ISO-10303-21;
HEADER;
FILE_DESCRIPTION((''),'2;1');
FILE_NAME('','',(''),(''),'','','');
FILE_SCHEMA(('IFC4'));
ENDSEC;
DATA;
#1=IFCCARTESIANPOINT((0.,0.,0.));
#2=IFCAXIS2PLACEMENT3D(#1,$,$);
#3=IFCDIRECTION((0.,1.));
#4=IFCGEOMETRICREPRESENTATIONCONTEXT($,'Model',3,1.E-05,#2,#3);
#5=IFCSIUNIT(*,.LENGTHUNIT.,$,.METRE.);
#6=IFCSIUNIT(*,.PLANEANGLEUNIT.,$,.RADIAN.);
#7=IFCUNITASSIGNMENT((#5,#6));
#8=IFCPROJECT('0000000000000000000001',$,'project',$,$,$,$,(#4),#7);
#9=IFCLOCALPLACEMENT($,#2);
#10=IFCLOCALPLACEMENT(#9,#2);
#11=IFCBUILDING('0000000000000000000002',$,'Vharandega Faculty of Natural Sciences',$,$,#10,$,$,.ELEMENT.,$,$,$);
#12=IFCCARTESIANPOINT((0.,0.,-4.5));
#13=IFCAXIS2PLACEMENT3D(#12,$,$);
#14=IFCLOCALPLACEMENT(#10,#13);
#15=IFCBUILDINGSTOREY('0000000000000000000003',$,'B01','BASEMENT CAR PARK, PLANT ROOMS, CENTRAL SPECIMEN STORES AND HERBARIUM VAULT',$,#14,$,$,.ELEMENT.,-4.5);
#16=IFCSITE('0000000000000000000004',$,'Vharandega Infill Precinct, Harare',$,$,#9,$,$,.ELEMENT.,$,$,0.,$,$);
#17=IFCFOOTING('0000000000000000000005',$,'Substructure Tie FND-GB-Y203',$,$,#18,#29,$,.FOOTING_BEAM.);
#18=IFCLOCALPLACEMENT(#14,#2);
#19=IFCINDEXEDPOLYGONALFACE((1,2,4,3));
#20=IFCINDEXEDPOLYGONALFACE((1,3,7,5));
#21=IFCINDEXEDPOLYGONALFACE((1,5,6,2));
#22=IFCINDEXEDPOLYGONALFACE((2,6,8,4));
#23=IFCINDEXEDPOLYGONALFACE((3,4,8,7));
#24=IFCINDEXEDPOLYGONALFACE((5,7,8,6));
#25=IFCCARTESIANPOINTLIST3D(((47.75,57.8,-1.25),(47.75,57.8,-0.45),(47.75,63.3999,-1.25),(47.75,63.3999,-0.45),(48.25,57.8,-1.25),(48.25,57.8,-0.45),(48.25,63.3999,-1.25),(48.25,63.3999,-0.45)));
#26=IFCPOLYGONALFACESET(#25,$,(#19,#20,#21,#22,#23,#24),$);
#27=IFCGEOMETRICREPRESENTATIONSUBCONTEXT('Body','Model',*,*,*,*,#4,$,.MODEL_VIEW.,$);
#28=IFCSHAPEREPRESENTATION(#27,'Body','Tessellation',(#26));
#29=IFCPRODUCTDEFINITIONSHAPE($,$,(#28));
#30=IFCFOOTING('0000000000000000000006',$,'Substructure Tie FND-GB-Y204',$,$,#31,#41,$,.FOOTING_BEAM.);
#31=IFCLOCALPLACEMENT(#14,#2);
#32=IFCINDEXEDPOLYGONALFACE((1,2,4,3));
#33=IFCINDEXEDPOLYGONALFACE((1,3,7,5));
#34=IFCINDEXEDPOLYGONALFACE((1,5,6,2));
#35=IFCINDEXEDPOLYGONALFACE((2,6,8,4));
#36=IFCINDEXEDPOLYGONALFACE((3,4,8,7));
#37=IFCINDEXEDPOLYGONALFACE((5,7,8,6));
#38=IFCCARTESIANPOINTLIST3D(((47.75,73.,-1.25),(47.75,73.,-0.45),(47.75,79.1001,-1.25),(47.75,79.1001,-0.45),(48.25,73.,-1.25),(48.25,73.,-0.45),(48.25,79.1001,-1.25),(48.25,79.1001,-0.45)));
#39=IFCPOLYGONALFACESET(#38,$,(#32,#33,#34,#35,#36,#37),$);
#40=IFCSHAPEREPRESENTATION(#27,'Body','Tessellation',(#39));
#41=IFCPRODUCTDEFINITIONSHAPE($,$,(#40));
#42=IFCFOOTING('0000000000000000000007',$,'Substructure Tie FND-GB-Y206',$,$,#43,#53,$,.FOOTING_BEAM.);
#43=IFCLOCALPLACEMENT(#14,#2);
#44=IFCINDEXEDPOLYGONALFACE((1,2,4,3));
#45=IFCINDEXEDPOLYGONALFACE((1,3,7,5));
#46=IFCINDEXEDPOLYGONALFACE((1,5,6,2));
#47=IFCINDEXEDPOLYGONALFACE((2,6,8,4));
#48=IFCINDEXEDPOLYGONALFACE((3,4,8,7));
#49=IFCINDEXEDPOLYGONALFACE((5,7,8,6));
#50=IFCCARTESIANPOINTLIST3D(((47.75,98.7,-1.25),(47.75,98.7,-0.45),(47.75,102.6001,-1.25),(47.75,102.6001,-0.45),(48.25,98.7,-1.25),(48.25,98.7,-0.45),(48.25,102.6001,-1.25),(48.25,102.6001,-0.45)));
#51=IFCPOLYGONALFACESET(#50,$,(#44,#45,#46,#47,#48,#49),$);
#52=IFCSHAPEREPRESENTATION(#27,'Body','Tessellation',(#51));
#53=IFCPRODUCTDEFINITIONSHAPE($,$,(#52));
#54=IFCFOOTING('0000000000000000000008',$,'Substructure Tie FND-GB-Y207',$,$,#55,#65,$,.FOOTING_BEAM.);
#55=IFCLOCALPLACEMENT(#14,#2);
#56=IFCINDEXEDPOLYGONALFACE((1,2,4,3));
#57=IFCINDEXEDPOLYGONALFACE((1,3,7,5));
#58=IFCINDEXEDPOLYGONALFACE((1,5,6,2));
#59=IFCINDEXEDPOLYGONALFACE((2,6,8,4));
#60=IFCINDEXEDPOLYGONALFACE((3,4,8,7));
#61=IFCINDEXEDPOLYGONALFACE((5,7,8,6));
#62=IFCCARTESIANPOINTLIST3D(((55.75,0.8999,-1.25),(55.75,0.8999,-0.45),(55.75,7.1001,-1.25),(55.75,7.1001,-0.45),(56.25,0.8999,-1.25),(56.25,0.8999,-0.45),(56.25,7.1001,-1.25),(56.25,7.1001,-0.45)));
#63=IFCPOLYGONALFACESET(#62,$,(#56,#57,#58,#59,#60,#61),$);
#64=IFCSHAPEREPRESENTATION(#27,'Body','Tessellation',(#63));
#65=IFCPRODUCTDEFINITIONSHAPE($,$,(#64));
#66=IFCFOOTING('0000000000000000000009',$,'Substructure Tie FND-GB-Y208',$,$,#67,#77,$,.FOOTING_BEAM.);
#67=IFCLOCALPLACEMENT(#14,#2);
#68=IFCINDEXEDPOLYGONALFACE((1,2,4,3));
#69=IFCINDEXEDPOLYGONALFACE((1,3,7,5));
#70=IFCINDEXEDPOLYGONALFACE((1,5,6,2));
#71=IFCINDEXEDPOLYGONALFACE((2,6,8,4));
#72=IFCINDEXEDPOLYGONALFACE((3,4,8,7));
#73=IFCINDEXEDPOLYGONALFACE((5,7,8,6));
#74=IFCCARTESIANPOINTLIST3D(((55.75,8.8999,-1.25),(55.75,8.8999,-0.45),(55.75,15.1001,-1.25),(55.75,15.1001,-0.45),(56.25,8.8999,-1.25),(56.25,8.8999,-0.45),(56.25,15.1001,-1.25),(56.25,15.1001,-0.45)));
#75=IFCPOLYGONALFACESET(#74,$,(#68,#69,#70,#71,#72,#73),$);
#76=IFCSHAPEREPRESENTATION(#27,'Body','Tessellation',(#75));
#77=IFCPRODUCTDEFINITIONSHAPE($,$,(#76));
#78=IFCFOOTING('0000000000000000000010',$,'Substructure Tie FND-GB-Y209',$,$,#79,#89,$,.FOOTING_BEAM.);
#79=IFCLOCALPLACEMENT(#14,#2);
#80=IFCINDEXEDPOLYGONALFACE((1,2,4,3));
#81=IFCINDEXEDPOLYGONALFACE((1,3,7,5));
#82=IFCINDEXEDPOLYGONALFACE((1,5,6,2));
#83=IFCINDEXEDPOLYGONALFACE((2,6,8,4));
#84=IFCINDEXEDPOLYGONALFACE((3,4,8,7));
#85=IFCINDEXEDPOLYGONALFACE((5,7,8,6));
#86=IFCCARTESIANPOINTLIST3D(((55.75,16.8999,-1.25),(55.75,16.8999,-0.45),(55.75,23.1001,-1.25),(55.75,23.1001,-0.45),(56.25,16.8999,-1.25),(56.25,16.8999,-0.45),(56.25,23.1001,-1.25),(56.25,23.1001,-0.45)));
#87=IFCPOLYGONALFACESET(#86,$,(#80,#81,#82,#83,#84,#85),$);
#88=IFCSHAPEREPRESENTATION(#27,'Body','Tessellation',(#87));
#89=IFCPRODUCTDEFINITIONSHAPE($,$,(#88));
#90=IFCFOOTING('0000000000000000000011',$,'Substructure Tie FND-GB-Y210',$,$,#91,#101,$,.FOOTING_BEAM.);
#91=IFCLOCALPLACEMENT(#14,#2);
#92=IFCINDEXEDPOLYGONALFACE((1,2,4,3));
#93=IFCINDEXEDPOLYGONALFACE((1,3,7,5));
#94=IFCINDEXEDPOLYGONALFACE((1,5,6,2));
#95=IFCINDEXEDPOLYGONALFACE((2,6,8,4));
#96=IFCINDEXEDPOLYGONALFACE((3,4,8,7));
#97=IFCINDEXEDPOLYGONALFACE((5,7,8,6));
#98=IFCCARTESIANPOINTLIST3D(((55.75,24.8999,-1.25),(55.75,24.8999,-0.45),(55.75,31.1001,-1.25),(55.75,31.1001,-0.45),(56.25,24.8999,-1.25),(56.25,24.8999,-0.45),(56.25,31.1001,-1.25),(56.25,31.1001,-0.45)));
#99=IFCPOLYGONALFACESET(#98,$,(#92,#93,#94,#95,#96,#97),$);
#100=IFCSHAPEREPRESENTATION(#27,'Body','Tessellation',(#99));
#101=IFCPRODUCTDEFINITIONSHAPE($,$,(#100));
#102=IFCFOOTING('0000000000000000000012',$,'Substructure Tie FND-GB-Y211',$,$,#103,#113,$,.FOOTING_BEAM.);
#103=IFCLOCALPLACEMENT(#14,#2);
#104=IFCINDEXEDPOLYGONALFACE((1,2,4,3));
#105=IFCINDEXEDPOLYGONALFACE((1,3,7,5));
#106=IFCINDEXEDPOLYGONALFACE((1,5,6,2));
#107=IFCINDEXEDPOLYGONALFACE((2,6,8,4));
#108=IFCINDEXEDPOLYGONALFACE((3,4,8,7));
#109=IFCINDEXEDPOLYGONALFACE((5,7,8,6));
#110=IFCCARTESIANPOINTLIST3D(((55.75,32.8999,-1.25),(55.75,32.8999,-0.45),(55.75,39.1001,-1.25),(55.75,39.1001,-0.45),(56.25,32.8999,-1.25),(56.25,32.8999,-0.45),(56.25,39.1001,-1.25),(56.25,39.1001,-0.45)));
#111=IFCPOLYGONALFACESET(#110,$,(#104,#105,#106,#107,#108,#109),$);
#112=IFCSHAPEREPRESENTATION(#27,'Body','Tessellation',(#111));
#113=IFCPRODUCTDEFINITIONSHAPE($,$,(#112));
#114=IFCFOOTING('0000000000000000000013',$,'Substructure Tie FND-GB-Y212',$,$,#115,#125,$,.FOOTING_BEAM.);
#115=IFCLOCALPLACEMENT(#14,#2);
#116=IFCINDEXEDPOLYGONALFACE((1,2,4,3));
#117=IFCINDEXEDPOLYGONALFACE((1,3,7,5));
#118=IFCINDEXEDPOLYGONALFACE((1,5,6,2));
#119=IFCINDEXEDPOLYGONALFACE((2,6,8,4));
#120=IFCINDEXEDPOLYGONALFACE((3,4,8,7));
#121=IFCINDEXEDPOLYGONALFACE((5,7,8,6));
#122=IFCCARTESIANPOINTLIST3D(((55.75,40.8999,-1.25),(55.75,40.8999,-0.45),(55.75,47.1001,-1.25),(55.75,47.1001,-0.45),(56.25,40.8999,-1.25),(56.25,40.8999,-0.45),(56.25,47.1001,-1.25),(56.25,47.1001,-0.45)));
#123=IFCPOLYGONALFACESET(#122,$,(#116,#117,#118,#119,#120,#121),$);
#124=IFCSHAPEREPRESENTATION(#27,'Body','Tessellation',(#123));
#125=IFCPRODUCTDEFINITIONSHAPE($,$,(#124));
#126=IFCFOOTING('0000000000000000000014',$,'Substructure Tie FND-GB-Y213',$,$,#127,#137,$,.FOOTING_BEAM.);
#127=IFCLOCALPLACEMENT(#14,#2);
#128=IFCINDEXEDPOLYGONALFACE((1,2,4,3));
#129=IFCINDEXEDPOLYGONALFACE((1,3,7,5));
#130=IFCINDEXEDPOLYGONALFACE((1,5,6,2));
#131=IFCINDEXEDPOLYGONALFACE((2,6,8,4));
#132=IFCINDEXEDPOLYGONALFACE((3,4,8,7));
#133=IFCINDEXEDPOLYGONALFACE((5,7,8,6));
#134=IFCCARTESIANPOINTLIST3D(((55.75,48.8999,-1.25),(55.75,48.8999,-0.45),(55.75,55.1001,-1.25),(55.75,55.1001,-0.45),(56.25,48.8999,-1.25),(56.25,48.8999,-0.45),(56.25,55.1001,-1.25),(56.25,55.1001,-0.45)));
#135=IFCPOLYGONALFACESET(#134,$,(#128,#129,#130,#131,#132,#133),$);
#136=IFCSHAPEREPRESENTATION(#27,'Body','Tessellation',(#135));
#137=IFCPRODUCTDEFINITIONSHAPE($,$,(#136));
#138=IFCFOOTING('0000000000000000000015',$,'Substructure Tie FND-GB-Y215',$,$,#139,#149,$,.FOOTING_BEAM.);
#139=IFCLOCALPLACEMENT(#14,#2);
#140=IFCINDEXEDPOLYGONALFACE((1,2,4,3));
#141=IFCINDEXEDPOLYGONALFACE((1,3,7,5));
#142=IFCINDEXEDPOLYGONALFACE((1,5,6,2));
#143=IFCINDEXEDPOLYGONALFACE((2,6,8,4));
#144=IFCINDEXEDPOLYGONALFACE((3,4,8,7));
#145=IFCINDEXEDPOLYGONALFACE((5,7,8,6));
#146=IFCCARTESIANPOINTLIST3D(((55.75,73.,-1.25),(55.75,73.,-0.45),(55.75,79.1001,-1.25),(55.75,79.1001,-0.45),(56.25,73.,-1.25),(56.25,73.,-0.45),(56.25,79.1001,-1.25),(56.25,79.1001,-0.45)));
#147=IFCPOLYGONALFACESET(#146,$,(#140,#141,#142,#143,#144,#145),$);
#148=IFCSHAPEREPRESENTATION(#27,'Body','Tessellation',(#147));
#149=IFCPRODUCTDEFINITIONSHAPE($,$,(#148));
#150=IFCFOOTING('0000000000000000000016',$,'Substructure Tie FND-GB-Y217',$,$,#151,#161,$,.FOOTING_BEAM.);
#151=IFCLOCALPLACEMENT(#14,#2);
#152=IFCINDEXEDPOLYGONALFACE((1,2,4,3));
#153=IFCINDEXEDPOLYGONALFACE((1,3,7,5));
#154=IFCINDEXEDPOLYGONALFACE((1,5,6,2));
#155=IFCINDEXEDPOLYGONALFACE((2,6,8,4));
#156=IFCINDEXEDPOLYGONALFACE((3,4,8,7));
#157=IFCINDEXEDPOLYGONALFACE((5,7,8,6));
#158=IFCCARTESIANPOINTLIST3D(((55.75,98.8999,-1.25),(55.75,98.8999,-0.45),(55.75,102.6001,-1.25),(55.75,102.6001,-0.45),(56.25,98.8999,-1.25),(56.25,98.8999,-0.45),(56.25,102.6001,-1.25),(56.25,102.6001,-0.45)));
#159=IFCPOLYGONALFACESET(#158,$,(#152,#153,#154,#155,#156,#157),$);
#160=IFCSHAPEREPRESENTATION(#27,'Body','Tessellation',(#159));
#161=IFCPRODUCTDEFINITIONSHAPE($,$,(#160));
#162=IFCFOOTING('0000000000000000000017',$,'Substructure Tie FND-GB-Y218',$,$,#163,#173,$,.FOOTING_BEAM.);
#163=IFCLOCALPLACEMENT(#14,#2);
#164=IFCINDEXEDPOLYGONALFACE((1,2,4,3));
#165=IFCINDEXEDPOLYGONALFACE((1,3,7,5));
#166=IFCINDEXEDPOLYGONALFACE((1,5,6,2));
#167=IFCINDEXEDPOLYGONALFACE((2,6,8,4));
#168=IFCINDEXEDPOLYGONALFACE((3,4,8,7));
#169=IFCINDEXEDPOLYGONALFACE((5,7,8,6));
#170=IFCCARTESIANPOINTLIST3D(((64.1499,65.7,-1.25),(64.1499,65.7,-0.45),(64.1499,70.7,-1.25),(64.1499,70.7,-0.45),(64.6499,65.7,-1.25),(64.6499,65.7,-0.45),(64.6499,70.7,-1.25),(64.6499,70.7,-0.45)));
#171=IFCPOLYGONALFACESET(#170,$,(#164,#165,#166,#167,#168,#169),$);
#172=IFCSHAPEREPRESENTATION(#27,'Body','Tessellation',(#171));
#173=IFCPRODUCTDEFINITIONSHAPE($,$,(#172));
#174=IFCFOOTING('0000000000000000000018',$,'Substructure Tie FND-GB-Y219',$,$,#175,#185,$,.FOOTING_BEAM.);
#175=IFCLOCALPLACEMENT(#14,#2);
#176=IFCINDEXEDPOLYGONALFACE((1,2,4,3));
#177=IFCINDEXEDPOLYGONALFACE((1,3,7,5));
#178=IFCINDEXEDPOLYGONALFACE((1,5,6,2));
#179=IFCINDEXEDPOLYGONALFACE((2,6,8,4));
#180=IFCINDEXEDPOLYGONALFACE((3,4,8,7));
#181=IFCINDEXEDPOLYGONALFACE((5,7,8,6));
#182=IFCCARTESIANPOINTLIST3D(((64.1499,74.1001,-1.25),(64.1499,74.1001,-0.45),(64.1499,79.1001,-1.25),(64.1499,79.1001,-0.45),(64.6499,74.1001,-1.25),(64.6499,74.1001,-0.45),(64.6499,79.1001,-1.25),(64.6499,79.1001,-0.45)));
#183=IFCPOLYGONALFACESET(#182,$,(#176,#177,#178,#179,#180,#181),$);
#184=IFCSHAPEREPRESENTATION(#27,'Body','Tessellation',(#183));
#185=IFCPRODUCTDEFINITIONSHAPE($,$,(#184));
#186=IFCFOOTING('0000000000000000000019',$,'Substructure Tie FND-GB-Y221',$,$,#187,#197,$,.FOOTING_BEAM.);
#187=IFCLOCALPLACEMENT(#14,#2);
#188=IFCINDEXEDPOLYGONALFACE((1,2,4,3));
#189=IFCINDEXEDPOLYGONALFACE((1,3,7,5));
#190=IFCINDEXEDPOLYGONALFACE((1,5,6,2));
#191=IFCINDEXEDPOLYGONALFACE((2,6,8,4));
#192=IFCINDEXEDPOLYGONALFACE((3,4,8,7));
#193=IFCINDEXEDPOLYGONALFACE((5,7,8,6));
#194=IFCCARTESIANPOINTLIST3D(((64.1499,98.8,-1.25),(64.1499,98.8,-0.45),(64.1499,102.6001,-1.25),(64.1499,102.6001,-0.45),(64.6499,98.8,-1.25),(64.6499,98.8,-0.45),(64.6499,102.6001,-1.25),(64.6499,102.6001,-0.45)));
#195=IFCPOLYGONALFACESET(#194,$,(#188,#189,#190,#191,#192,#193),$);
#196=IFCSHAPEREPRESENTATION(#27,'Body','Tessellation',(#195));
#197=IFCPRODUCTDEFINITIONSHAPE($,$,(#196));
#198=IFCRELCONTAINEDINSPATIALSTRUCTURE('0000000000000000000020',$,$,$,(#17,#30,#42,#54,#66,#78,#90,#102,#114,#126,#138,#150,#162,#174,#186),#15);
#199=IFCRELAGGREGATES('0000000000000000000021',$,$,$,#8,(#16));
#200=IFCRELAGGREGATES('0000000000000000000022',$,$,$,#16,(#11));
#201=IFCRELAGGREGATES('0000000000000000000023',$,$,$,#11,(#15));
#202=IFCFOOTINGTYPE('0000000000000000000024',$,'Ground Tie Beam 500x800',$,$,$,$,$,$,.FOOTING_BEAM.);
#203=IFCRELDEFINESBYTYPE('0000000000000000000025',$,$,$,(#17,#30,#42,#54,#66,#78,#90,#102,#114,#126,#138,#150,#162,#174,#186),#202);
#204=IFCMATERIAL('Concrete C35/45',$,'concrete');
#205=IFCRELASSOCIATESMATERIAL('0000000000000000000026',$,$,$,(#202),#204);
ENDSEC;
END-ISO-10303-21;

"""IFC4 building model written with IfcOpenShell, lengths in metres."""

from ifc_helpers import new_model, si_unit, direction, frame, origin, place, context, subcontext, project, spatial, polyline, outline, extrude, material, type_object, element, save


model = new_model("IFC4")

# Units and contexts
model_context = context("Model", 3, precision=1e-05, world=origin(), true_north=direction((0.0, 1.0)))
body_context = subcontext(model_context, "Body", "Model", "MODEL_VIEW")
ifc_project = project(units=[si_unit("LENGTHUNIT", "METRE"), si_unit("PLANEANGLEUNIT", "RADIAN")], contexts=[model_context])

# Site, building, storey
site_placement = place(None, origin())
site = spatial("IfcSite", under=ifc_project, at=site_placement, Name="Vharandega Infill Precinct, Harare", CompositionType="ELEMENT", RefElevation=0.0)
building_placement = place(site_placement, origin())
building = spatial("IfcBuilding", under=site, at=building_placement, Name="Vharandega Faculty of Natural Sciences", CompositionType="ELEMENT")
storey_placement = place(building_placement, frame((0.0, 0.0, -4.5)))
storey = spatial("IfcBuildingStorey", under=building, at=storey_placement, Name="B01", Description="BASEMENT CAR PARK, PLANT ROOMS, CENTRAL SPECIMEN STORES AND HERBARIUM VAULT", CompositionType="ELEMENT", Elevation=-4.5)

# Footings
ifc_material = material(Name="Concrete C35/45", Category="concrete")
footing_type = type_object("IfcFootingType", Name="Ground Tie Beam 500x800", PredefinedType="FOOTING_BEAM", material=ifc_material)
footing_1_placement = place(storey_placement, frame((0.0, 0.0, -1.25)))
element("IfcFooting", 1, at=footing_1_placement, inside=storey, type_object=footing_type, Name="Substructure Tie FND-GB-Y203", PredefinedType="FOOTING_BEAM", context=body_context, shape_type="SweptSolid", body=[
    extrude(outline(polyline([(47.75, 57.8), (48.25, 57.8), (48.25, 63.3999), (47.75, 63.3999), (47.75, 57.8)])), origin(), (0.0, 0.0, 1.0), 0.8),
])
footing_2_placement = place(storey_placement, frame((0.0, 0.0, -1.25)))
element("IfcFooting", 2, at=footing_2_placement, inside=storey, type_object=footing_type, Name="Substructure Tie FND-GB-Y204", PredefinedType="FOOTING_BEAM", context=body_context, shape_type="SweptSolid", body=[
    extrude(outline(polyline([(47.75, 73.0), (48.25, 73.0), (48.25, 79.1001), (47.75, 79.1001), (47.75, 73.0)])), origin(), (0.0, 0.0, 1.0), 0.8),
])
footing_3_placement = place(storey_placement, frame((0.0, 0.0, -1.25)))
element("IfcFooting", 3, at=footing_3_placement, inside=storey, type_object=footing_type, Name="Substructure Tie FND-GB-Y206", PredefinedType="FOOTING_BEAM", context=body_context, shape_type="SweptSolid", body=[
    extrude(outline(polyline([(47.75, 98.7), (48.25, 98.7), (48.25, 102.6001), (47.75, 102.6001), (47.75, 98.7)])), origin(), (0.0, 0.0, 1.0), 0.8),
])
footing_4_placement = place(storey_placement, frame((0.0, 0.0, -1.25)))
element("IfcFooting", 4, at=footing_4_placement, inside=storey, type_object=footing_type, Name="Substructure Tie FND-GB-Y207", PredefinedType="FOOTING_BEAM", context=body_context, shape_type="SweptSolid", body=[
    extrude(outline(polyline([(55.75, 0.8999), (56.25, 0.8999), (56.25, 7.1001), (55.75, 7.1001), (55.75, 0.8999)])), origin(), (0.0, 0.0, 1.0), 0.8),
])
footing_5_placement = place(storey_placement, frame((0.0, 0.0, -1.25)))
element("IfcFooting", 5, at=footing_5_placement, inside=storey, type_object=footing_type, Name="Substructure Tie FND-GB-Y208", PredefinedType="FOOTING_BEAM", context=body_context, shape_type="SweptSolid", body=[
    extrude(outline(polyline([(55.75, 8.8999), (56.25, 8.8999), (56.25, 15.1001), (55.75, 15.1001), (55.75, 8.8999)])), origin(), (0.0, 0.0, 1.0), 0.8),
])
footing_6_placement = place(storey_placement, frame((0.0, 0.0, -1.25)))
element("IfcFooting", 6, at=footing_6_placement, inside=storey, type_object=footing_type, Name="Substructure Tie FND-GB-Y209", PredefinedType="FOOTING_BEAM", context=body_context, shape_type="SweptSolid", body=[
    extrude(outline(polyline([(55.75, 16.8999), (56.25, 16.8999), (56.25, 23.1001), (55.75, 23.1001), (55.75, 16.8999)])), origin(), (0.0, 0.0, 1.0), 0.8),
])
footing_7_placement = place(storey_placement, frame((0.0, 0.0, -1.25)))
element("IfcFooting", 7, at=footing_7_placement, inside=storey, type_object=footing_type, Name="Substructure Tie FND-GB-Y210", PredefinedType="FOOTING_BEAM", context=body_context, shape_type="SweptSolid", body=[
    extrude(outline(polyline([(55.75, 24.8999), (56.25, 24.8999), (56.25, 31.1001), (55.75, 31.1001), (55.75, 24.8999)])), origin(), (0.0, 0.0, 1.0), 0.8),
])
footing_8_placement = place(storey_placement, frame((0.0, 0.0, -1.25)))
element("IfcFooting", 8, at=footing_8_placement, inside=storey, type_object=footing_type, Name="Substructure Tie FND-GB-Y211", PredefinedType="FOOTING_BEAM", context=body_context, shape_type="SweptSolid", body=[
    extrude(outline(polyline([(55.75, 32.8999), (56.25, 32.8999), (56.25, 39.1001), (55.75, 39.1001), (55.75, 32.8999)])), origin(), (0.0, 0.0, 1.0), 0.8),
])
footing_9_placement = place(storey_placement, frame((0.0, 0.0, -1.25)))
element("IfcFooting", 9, at=footing_9_placement, inside=storey, type_object=footing_type, Name="Substructure Tie FND-GB-Y212", PredefinedType="FOOTING_BEAM", context=body_context, shape_type="SweptSolid", body=[
    extrude(outline(polyline([(55.75, 40.8999), (56.25, 40.8999), (56.25, 47.1001), (55.75, 47.1001), (55.75, 40.8999)])), origin(), (0.0, 0.0, 1.0), 0.8),
])
footing_10_placement = place(storey_placement, frame((0.0, 0.0, -1.25)))
element("IfcFooting", 10, at=footing_10_placement, inside=storey, type_object=footing_type, Name="Substructure Tie FND-GB-Y213", PredefinedType="FOOTING_BEAM", context=body_context, shape_type="SweptSolid", body=[
    extrude(outline(polyline([(55.75, 48.8999), (56.25, 48.8999), (56.25, 55.1001), (55.75, 55.1001), (55.75, 48.8999)])), origin(), (0.0, 0.0, 1.0), 0.8),
])
footing_11_placement = place(storey_placement, frame((0.0, 0.0, -1.25)))
element("IfcFooting", 11, at=footing_11_placement, inside=storey, type_object=footing_type, Name="Substructure Tie FND-GB-Y215", PredefinedType="FOOTING_BEAM", context=body_context, shape_type="SweptSolid", body=[
    extrude(outline(polyline([(55.75, 73.0), (56.25, 73.0), (56.25, 79.1001), (55.75, 79.1001), (55.75, 73.0)])), origin(), (0.0, 0.0, 1.0), 0.8),
])
footing_12_placement = place(storey_placement, frame((0.0, 0.0, -1.25)))
element("IfcFooting", 12, at=footing_12_placement, inside=storey, type_object=footing_type, Name="Substructure Tie FND-GB-Y217", PredefinedType="FOOTING_BEAM", context=body_context, shape_type="SweptSolid", body=[
    extrude(outline(polyline([(55.75, 98.8999), (56.25, 98.8999), (56.25, 102.6001), (55.75, 102.6001), (55.75, 98.8999)])), origin(), (0.0, 0.0, 1.0), 0.8),
])
footing_13_placement = place(storey_placement, frame((0.0, 0.0, -1.25)))
element("IfcFooting", 13, at=footing_13_placement, inside=storey, type_object=footing_type, Name="Substructure Tie FND-GB-Y218", PredefinedType="FOOTING_BEAM", context=body_context, shape_type="SweptSolid", body=[
    extrude(outline(polyline([(64.1499, 65.7), (64.6499, 65.7), (64.6499, 70.7), (64.1499, 70.7), (64.1499, 65.7)])), origin(), (0.0, 0.0, 1.0), 0.8),
])
footing_14_placement = place(storey_placement, frame((0.0, 0.0, -1.25)))
element("IfcFooting", 14, at=footing_14_placement, inside=storey, type_object=footing_type, Name="Substructure Tie FND-GB-Y219", PredefinedType="FOOTING_BEAM", context=body_context, shape_type="SweptSolid", body=[
    extrude(outline(polyline([(64.1499, 74.1001), (64.6499, 74.1001), (64.6499, 79.1001), (64.1499, 79.1001), (64.1499, 74.1001)])), origin(), (0.0, 0.0, 1.0), 0.8),
])
footing_15_placement = place(storey_placement, frame((0.0, 0.0, -1.25)))
element("IfcFooting", 15, at=footing_15_placement, inside=storey, type_object=footing_type, Name="Substructure Tie FND-GB-Y221", PredefinedType="FOOTING_BEAM", context=body_context, shape_type="SweptSolid", body=[
    extrude(outline(polyline([(64.1499, 98.8), (64.6499, 98.8), (64.6499, 102.6001), (64.1499, 102.6001), (64.1499, 98.8)])), origin(), (0.0, 0.0, 1.0), 0.8),
])

save(model, "model.ifc")
